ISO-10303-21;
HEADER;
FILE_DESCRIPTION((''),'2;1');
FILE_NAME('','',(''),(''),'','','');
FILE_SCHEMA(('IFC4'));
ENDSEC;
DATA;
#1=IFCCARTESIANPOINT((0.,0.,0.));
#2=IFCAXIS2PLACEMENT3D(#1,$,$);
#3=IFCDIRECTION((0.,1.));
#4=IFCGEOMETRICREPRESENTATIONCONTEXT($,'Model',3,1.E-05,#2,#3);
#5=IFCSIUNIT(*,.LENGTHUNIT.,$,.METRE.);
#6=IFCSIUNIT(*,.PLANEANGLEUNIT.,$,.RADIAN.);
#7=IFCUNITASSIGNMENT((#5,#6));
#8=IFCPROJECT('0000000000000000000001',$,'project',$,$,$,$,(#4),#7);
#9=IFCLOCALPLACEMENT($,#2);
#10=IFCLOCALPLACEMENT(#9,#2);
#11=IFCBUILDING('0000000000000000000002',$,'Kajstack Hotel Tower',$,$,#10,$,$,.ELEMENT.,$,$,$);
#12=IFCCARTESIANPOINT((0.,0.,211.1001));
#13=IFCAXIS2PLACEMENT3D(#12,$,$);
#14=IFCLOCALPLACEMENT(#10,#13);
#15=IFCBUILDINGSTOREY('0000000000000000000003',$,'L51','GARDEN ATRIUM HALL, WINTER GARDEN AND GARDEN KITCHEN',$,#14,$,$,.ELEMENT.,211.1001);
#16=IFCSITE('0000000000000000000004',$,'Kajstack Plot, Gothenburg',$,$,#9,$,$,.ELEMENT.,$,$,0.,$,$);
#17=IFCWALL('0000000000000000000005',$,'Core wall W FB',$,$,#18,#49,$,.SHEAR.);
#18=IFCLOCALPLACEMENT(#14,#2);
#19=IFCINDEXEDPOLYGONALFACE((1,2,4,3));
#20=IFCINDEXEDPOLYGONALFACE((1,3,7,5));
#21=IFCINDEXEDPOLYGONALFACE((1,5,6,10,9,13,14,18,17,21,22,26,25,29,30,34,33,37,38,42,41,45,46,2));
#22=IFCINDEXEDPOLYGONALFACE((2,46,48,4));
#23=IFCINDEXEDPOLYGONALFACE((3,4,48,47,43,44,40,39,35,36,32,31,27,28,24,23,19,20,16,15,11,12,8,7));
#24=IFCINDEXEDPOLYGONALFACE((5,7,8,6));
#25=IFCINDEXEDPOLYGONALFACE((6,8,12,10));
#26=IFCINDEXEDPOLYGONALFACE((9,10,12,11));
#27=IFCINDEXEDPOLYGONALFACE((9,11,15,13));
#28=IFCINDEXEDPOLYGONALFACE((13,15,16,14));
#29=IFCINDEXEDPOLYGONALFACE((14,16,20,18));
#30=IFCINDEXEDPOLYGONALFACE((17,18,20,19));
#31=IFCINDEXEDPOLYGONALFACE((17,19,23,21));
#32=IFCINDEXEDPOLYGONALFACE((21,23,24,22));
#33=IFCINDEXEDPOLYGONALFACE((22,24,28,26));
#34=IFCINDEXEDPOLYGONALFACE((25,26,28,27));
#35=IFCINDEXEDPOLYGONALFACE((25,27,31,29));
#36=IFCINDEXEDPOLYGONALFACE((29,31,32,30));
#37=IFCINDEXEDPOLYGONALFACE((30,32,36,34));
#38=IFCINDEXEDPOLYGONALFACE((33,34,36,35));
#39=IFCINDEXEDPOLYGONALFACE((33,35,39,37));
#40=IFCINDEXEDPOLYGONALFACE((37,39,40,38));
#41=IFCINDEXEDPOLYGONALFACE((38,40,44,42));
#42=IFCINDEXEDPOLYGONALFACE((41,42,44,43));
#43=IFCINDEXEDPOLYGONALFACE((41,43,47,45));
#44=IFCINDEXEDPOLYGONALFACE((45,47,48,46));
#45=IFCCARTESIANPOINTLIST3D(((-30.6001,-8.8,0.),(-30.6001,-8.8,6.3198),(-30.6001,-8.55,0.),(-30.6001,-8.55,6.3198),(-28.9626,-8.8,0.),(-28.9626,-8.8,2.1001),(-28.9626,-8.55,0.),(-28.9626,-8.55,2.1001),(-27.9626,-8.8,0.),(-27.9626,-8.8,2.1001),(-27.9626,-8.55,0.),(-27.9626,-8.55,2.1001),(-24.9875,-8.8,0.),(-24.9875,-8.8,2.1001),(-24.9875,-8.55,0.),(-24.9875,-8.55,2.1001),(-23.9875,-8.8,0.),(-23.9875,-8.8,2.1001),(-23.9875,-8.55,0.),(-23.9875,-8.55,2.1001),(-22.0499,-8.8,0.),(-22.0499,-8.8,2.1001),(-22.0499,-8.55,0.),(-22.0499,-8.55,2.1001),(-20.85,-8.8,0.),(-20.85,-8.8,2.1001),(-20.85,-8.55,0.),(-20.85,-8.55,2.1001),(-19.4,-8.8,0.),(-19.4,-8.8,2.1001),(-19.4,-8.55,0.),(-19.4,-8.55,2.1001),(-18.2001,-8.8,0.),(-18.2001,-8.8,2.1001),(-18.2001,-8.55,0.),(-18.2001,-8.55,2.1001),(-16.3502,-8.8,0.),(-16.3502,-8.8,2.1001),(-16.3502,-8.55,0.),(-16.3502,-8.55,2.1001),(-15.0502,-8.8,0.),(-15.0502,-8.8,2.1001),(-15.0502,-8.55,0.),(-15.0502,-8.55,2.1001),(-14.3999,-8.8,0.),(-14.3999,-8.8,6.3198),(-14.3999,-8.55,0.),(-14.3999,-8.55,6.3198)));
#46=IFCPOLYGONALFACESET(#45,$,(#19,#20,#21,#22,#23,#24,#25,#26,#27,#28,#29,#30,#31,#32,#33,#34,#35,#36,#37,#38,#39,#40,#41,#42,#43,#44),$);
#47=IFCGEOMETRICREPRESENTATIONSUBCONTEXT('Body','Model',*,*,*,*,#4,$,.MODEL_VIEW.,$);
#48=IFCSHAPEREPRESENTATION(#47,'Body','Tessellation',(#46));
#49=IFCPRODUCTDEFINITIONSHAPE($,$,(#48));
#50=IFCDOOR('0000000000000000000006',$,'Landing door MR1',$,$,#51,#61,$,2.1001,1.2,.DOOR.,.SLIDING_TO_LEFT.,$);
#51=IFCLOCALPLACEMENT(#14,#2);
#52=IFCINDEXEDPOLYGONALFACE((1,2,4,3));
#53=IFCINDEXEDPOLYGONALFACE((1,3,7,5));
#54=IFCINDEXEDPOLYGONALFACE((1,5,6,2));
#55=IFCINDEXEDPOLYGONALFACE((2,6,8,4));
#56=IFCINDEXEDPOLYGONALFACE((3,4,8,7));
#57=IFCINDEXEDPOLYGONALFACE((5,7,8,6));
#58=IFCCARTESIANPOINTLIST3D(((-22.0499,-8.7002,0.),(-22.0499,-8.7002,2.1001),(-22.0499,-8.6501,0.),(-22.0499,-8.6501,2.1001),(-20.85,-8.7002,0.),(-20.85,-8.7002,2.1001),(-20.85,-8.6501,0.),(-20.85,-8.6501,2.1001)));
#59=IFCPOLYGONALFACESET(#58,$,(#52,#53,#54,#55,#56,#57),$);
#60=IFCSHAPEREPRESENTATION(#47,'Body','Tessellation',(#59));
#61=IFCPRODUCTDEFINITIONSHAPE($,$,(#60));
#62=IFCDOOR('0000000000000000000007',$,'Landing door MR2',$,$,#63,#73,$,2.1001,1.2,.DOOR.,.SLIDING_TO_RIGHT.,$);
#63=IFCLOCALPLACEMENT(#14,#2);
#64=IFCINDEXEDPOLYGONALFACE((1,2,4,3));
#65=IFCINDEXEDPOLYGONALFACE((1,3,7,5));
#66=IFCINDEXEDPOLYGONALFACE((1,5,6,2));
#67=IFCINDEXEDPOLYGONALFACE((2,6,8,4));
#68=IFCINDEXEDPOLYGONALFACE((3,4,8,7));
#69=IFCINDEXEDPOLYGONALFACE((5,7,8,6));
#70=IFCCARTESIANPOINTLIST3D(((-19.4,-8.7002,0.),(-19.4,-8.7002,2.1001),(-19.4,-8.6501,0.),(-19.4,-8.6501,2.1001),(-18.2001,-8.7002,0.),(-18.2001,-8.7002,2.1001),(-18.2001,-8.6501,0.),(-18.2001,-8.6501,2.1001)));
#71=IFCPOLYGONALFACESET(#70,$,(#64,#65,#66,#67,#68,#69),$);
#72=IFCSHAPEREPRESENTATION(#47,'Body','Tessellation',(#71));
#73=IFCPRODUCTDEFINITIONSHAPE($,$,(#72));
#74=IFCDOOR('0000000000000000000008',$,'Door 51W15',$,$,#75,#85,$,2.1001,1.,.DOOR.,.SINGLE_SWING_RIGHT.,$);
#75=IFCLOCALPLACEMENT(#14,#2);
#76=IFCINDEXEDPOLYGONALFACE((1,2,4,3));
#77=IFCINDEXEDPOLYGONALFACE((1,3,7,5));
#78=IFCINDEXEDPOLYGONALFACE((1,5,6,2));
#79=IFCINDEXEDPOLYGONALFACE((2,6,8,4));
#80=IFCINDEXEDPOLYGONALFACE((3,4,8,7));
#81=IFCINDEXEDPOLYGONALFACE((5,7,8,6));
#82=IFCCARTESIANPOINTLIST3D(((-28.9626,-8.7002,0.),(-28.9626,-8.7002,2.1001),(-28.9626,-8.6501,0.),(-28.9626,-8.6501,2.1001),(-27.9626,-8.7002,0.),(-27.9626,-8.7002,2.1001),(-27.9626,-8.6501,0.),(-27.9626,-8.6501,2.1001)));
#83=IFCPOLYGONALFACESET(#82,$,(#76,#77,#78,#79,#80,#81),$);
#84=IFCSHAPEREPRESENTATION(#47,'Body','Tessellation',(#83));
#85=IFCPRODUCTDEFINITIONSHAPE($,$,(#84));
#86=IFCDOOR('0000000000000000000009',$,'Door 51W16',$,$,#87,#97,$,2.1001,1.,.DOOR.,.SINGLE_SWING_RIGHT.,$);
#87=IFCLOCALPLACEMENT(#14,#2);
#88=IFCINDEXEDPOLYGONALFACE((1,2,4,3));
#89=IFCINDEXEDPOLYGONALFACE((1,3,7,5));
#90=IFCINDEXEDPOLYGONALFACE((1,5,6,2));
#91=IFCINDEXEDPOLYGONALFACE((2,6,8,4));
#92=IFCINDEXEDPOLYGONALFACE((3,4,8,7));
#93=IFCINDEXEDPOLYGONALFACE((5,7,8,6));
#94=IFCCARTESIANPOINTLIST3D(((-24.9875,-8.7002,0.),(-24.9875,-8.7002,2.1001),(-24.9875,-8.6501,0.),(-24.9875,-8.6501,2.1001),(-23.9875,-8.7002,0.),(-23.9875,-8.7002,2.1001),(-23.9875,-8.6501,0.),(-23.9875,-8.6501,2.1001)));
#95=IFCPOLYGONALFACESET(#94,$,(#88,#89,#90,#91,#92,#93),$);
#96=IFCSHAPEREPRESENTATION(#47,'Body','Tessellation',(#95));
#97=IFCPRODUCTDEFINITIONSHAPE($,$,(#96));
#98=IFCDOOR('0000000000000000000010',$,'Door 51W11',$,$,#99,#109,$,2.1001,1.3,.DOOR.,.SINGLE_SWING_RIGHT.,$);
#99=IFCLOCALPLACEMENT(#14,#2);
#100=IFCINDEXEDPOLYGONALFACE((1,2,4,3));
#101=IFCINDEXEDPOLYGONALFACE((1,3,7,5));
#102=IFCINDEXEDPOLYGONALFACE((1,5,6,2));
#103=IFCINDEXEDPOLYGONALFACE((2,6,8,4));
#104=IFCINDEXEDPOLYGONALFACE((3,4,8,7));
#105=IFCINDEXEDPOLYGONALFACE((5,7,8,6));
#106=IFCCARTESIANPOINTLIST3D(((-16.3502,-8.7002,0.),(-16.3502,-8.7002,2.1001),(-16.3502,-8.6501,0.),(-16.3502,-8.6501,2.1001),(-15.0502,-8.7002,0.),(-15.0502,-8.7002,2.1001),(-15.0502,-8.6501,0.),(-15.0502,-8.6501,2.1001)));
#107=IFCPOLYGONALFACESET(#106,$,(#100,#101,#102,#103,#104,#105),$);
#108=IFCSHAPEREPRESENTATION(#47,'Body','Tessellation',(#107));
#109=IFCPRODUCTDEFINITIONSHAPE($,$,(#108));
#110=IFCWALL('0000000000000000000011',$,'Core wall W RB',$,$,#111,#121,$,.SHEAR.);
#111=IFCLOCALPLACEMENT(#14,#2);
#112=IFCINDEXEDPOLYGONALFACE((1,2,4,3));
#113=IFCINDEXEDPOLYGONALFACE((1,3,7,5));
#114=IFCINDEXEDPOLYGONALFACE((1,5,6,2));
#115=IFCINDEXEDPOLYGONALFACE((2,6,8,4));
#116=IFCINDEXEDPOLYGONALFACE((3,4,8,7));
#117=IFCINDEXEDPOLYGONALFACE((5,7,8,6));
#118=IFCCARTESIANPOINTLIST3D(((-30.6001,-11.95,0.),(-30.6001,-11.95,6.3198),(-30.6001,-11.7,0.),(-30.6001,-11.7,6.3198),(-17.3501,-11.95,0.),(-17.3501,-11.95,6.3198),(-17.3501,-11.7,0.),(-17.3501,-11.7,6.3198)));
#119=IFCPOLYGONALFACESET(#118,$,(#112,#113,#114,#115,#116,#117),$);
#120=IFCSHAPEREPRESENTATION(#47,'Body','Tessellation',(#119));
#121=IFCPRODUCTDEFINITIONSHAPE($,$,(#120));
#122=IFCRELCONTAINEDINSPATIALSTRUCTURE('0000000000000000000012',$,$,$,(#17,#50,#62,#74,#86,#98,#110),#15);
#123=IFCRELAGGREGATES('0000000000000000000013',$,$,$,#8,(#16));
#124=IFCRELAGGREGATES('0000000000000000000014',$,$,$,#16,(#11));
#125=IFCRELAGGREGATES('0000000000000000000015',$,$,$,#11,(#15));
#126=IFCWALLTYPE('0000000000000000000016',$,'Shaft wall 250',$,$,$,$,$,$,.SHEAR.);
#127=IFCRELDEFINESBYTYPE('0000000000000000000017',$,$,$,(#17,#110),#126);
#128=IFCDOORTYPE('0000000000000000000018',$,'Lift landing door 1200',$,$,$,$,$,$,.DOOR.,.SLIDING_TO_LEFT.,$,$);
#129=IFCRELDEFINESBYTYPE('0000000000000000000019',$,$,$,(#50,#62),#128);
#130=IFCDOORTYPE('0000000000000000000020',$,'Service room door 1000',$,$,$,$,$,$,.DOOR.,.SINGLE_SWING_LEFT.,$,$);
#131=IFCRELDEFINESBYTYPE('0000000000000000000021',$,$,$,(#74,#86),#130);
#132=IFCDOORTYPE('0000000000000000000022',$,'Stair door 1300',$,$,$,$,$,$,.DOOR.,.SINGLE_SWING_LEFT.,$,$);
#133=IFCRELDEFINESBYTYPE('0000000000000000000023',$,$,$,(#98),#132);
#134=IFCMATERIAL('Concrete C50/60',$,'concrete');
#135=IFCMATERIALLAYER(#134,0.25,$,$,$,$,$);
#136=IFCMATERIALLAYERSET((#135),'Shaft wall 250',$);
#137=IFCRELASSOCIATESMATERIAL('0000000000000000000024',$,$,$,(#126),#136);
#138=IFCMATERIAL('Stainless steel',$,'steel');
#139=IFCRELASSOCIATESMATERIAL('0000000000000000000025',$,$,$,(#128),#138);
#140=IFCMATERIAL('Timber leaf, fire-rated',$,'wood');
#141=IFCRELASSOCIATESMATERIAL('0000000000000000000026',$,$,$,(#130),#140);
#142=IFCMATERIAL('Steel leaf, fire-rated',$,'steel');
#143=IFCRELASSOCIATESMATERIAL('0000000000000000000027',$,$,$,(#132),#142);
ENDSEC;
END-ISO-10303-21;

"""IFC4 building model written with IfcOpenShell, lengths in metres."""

from ifc_helpers import new_model, si_unit, direction, frame, frame_2d, origin, place, context, subcontext, project, spatial, rectangle, extrude, material, layer, layer_set, type_object, element, fill, save


model = new_model("IFC4")

# Units and contexts
model_context = context("Model", 3, precision=1e-05, world=origin(), true_north=direction((0.0, 1.0)))
body_context = subcontext(model_context, "Body", "Model", "MODEL_VIEW")
ifc_project = project(units=[si_unit("LENGTHUNIT", "METRE"), si_unit("PLANEANGLEUNIT", "RADIAN")], contexts=[model_context])

# Site, building, storey
site_placement = place(None, origin())
site = spatial("IfcSite", under=ifc_project, at=site_placement, Name="Kajstack Plot, Gothenburg", CompositionType="ELEMENT", RefElevation=0.0)
building_placement = place(site_placement, origin())
building = spatial("IfcBuilding", under=site, at=building_placement, Name="Kajstack Hotel Tower", CompositionType="ELEMENT")
storey_placement = place(building_placement, frame((0.0, 0.0, 211.1001)))
storey = spatial("IfcBuildingStorey", under=building, at=storey_placement, Name="L51", Description="GARDEN ATRIUM HALL, WINTER GARDEN AND GARDEN KITCHEN", CompositionType="ELEMENT", Elevation=211.1001)

# Shared definitions
ifc_material_1 = material(Name="Concrete C50/60", Category="concrete")

# Shared definitions
ifc_layer_1 = layer(ifc_material_1, 0.25)
ifc_layer_set_1 = layer_set([ifc_layer_1], Name="Shaft wall 250")
wall_type_1 = type_object("IfcWallType", Name="Shaft wall 250", PredefinedType="SHEAR", material=ifc_layer_set_1)
ifc_material_2 = material(Name="Stainless steel", Category="steel")
door_type_1 = type_object("IfcDoorType", Name="Lift landing door 1200", OperationType="SLIDING_TO_LEFT", PredefinedType="DOOR", material=ifc_material_2)

# Wall, openings, doors
wall_1_placement = place(storey_placement, frame((-30.6001, -8.675, 0.0), z_axis=(0.0, 0.0, 1.0), x_axis=(1.0, 0.0, 0.0)))
wall_1 = element("IfcWall", 1, at=wall_1_placement, inside=storey, type_object=wall_type_1, Name="Core wall W FB", PredefinedType="SHEAR", context=body_context, shape_type="SweptSolid", body=[
    extrude(rectangle(XDim=16.2002, YDim=0.25, at=frame_2d((8.1001, 0.0))), origin(), (0.0, 0.0, 1.0), 6.3198),
])
opening_1_placement = place(wall_1_placement, frame((8.55, 0.0, 0.0)))
opening_1 = element("IfcOpeningElement", 2, at=opening_1_placement, cuts=wall_1, PredefinedType="OPENING", context=body_context, shape_type="SweptSolid", body=[
    extrude(rectangle(XDim=1.2, YDim=2.1001, at=frame_2d((0.6001, 1.05))), frame((0.0, 0.135, 0.0), z_axis=(0.0, -1.0, 0.0), x_axis=(1.0, 0.0, 0.0)), (0.0, 0.0, 1.0), 0.27),
])
opening_2_placement = place(wall_1_placement, frame((11.2, 0.0, 0.0)))
opening_2 = element("IfcOpeningElement", 3, at=opening_2_placement, cuts=wall_1, PredefinedType="OPENING", context=body_context, shape_type="SweptSolid", body=[
    extrude(rectangle(XDim=1.2, YDim=2.1001, at=frame_2d((0.6001, 1.05))), frame((0.0, 0.135, 0.0), z_axis=(0.0, -1.0, 0.0), x_axis=(1.0, 0.0, 0.0)), (0.0, 0.0, 1.0), 0.27),
])
opening_3_placement = place(wall_1_placement, frame((14.25, 0.0, 0.0)))
opening_3 = element("IfcOpeningElement", 4, at=opening_3_placement, cuts=wall_1, PredefinedType="OPENING", context=body_context, shape_type="SweptSolid", body=[
    extrude(rectangle(XDim=1.3, YDim=2.1001, at=frame_2d((0.6499, 1.05))), frame((0.0, 0.135, 0.0), z_axis=(0.0, -1.0, 0.0), x_axis=(1.0, 0.0, 0.0)), (0.0, 0.0, 1.0), 0.27),
])
opening_4_placement = place(wall_1_placement, frame((1.6375, 0.0, 0.0)))
opening_4 = element("IfcOpeningElement", 5, at=opening_4_placement, cuts=wall_1, PredefinedType="OPENING", context=body_context, shape_type="SweptSolid", body=[
    extrude(rectangle(XDim=1.0, YDim=2.1001, at=frame_2d((0.5, 1.05))), frame((0.0, 0.135, 0.0), z_axis=(0.0, -1.0, 0.0), x_axis=(1.0, 0.0, 0.0)), (0.0, 0.0, 1.0), 0.27),
])
opening_5_placement = place(wall_1_placement, frame((5.6125, 0.0, 0.0)))
opening_5 = element("IfcOpeningElement", 6, at=opening_5_placement, cuts=wall_1, PredefinedType="OPENING", context=body_context, shape_type="SweptSolid", body=[
    extrude(rectangle(XDim=1.0, YDim=2.1001, at=frame_2d((0.5, 1.05))), frame((0.0, 0.135, 0.0), z_axis=(0.0, -1.0, 0.0), x_axis=(1.0, 0.0, 0.0)), (0.0, 0.0, 1.0), 0.27),
])
door_1_placement = place(opening_1_placement, origin())
door_1 = element("IfcDoor", 7, at=door_1_placement, inside=storey, type_object=door_type_1, Name="Landing door MR1", OperationType="SLIDING_TO_LEFT", OverallHeight=2.1001, OverallWidth=1.2, PredefinedType="DOOR", context=body_context, shape_type="SweptSolid", body=[
    extrude(rectangle(XDim=1.2, YDim=2.1001, at=frame_2d((0.6001, 1.05))), frame((0.0, 0.0249, 0.0), z_axis=(0.0, -1.0, 0.0), x_axis=(1.0, 0.0, 0.0)), (0.0, 0.0, 1.0), 0.05),
])
fill(opening_1, door_1)
door_2_placement = place(opening_2_placement, origin())
door_2 = element("IfcDoor", 8, at=door_2_placement, inside=storey, type_object=door_type_1, Name="Landing door MR2", OperationType="SLIDING_TO_RIGHT", OverallHeight=2.1001, OverallWidth=1.2, PredefinedType="DOOR", context=body_context, shape_type="SweptSolid", body=[
    extrude(rectangle(XDim=1.2, YDim=2.1001, at=frame_2d((0.6001, 1.05))), frame((0.0, 0.0249, 0.0), z_axis=(0.0, -1.0, 0.0), x_axis=(1.0, 0.0, 0.0)), (0.0, 0.0, 1.0), 0.05),
])
fill(opening_2, door_2)
ifc_material_3 = material(Name="Timber leaf, fire-rated", Category="wood")
door_type_2 = type_object("IfcDoorType", Name="Service room door 1000", OperationType="SINGLE_SWING_LEFT", PredefinedType="DOOR", material=ifc_material_3)
door_3_placement = place(opening_4_placement, origin())
door_3 = element("IfcDoor", 9, at=door_3_placement, inside=storey, type_object=door_type_2, Name="Door 51W15", OperationType="SINGLE_SWING_RIGHT", OverallHeight=2.1001, OverallWidth=1.0, PredefinedType="DOOR", context=body_context, shape_type="SweptSolid", body=[
    extrude(rectangle(XDim=1.0, YDim=2.1001, at=frame_2d((0.5, 1.05))), frame((0.0, 0.0249, 0.0), z_axis=(0.0, -1.0, 0.0), x_axis=(1.0, 0.0, 0.0)), (0.0, 0.0, 1.0), 0.05),
])
fill(opening_4, door_3)
door_4_placement = place(opening_5_placement, origin())
door_4 = element("IfcDoor", 10, at=door_4_placement, inside=storey, type_object=door_type_2, Name="Door 51W16", OperationType="SINGLE_SWING_RIGHT", OverallHeight=2.1001, OverallWidth=1.0, PredefinedType="DOOR", context=body_context, shape_type="SweptSolid", body=[
    extrude(rectangle(XDim=1.0, YDim=2.1001, at=frame_2d((0.5, 1.05))), frame((0.0, 0.0249, 0.0), z_axis=(0.0, -1.0, 0.0), x_axis=(1.0, 0.0, 0.0)), (0.0, 0.0, 1.0), 0.05),
])
fill(opening_5, door_4)
ifc_material_4 = material(Name="Steel leaf, fire-rated", Category="steel")
door_type_3 = type_object("IfcDoorType", Name="Stair door 1300", OperationType="SINGLE_SWING_LEFT", PredefinedType="DOOR", material=ifc_material_4)
door_5_placement = place(opening_3_placement, origin())
door_5 = element("IfcDoor", 11, at=door_5_placement, inside=storey, type_object=door_type_3, Name="Door 51W11", OperationType="SINGLE_SWING_RIGHT", OverallHeight=2.1001, OverallWidth=1.3, PredefinedType="DOOR", context=body_context, shape_type="SweptSolid", body=[
    extrude(rectangle(XDim=1.3, YDim=2.1001, at=frame_2d((0.6499, 1.05))), frame((0.0, 0.0249, 0.0), z_axis=(0.0, -1.0, 0.0), x_axis=(1.0, 0.0, 0.0)), (0.0, 0.0, 1.0), 0.05),
])
fill(opening_3, door_5)

# Wall
wall_2_placement = place(storey_placement, frame((-30.6001, -11.825, 0.0), z_axis=(0.0, 0.0, 1.0), x_axis=(1.0, 0.0, 0.0)))
element("IfcWall", 12, at=wall_2_placement, inside=storey, type_object=wall_type_1, Name="Core wall W RB", PredefinedType="SHEAR", context=body_context, shape_type="SweptSolid", body=[
    extrude(rectangle(XDim=13.25, YDim=0.25, at=frame_2d((6.625, 0.0))), origin(), (0.0, 0.0, 1.0), 6.3198),
])

save(model, "model.ifc")
